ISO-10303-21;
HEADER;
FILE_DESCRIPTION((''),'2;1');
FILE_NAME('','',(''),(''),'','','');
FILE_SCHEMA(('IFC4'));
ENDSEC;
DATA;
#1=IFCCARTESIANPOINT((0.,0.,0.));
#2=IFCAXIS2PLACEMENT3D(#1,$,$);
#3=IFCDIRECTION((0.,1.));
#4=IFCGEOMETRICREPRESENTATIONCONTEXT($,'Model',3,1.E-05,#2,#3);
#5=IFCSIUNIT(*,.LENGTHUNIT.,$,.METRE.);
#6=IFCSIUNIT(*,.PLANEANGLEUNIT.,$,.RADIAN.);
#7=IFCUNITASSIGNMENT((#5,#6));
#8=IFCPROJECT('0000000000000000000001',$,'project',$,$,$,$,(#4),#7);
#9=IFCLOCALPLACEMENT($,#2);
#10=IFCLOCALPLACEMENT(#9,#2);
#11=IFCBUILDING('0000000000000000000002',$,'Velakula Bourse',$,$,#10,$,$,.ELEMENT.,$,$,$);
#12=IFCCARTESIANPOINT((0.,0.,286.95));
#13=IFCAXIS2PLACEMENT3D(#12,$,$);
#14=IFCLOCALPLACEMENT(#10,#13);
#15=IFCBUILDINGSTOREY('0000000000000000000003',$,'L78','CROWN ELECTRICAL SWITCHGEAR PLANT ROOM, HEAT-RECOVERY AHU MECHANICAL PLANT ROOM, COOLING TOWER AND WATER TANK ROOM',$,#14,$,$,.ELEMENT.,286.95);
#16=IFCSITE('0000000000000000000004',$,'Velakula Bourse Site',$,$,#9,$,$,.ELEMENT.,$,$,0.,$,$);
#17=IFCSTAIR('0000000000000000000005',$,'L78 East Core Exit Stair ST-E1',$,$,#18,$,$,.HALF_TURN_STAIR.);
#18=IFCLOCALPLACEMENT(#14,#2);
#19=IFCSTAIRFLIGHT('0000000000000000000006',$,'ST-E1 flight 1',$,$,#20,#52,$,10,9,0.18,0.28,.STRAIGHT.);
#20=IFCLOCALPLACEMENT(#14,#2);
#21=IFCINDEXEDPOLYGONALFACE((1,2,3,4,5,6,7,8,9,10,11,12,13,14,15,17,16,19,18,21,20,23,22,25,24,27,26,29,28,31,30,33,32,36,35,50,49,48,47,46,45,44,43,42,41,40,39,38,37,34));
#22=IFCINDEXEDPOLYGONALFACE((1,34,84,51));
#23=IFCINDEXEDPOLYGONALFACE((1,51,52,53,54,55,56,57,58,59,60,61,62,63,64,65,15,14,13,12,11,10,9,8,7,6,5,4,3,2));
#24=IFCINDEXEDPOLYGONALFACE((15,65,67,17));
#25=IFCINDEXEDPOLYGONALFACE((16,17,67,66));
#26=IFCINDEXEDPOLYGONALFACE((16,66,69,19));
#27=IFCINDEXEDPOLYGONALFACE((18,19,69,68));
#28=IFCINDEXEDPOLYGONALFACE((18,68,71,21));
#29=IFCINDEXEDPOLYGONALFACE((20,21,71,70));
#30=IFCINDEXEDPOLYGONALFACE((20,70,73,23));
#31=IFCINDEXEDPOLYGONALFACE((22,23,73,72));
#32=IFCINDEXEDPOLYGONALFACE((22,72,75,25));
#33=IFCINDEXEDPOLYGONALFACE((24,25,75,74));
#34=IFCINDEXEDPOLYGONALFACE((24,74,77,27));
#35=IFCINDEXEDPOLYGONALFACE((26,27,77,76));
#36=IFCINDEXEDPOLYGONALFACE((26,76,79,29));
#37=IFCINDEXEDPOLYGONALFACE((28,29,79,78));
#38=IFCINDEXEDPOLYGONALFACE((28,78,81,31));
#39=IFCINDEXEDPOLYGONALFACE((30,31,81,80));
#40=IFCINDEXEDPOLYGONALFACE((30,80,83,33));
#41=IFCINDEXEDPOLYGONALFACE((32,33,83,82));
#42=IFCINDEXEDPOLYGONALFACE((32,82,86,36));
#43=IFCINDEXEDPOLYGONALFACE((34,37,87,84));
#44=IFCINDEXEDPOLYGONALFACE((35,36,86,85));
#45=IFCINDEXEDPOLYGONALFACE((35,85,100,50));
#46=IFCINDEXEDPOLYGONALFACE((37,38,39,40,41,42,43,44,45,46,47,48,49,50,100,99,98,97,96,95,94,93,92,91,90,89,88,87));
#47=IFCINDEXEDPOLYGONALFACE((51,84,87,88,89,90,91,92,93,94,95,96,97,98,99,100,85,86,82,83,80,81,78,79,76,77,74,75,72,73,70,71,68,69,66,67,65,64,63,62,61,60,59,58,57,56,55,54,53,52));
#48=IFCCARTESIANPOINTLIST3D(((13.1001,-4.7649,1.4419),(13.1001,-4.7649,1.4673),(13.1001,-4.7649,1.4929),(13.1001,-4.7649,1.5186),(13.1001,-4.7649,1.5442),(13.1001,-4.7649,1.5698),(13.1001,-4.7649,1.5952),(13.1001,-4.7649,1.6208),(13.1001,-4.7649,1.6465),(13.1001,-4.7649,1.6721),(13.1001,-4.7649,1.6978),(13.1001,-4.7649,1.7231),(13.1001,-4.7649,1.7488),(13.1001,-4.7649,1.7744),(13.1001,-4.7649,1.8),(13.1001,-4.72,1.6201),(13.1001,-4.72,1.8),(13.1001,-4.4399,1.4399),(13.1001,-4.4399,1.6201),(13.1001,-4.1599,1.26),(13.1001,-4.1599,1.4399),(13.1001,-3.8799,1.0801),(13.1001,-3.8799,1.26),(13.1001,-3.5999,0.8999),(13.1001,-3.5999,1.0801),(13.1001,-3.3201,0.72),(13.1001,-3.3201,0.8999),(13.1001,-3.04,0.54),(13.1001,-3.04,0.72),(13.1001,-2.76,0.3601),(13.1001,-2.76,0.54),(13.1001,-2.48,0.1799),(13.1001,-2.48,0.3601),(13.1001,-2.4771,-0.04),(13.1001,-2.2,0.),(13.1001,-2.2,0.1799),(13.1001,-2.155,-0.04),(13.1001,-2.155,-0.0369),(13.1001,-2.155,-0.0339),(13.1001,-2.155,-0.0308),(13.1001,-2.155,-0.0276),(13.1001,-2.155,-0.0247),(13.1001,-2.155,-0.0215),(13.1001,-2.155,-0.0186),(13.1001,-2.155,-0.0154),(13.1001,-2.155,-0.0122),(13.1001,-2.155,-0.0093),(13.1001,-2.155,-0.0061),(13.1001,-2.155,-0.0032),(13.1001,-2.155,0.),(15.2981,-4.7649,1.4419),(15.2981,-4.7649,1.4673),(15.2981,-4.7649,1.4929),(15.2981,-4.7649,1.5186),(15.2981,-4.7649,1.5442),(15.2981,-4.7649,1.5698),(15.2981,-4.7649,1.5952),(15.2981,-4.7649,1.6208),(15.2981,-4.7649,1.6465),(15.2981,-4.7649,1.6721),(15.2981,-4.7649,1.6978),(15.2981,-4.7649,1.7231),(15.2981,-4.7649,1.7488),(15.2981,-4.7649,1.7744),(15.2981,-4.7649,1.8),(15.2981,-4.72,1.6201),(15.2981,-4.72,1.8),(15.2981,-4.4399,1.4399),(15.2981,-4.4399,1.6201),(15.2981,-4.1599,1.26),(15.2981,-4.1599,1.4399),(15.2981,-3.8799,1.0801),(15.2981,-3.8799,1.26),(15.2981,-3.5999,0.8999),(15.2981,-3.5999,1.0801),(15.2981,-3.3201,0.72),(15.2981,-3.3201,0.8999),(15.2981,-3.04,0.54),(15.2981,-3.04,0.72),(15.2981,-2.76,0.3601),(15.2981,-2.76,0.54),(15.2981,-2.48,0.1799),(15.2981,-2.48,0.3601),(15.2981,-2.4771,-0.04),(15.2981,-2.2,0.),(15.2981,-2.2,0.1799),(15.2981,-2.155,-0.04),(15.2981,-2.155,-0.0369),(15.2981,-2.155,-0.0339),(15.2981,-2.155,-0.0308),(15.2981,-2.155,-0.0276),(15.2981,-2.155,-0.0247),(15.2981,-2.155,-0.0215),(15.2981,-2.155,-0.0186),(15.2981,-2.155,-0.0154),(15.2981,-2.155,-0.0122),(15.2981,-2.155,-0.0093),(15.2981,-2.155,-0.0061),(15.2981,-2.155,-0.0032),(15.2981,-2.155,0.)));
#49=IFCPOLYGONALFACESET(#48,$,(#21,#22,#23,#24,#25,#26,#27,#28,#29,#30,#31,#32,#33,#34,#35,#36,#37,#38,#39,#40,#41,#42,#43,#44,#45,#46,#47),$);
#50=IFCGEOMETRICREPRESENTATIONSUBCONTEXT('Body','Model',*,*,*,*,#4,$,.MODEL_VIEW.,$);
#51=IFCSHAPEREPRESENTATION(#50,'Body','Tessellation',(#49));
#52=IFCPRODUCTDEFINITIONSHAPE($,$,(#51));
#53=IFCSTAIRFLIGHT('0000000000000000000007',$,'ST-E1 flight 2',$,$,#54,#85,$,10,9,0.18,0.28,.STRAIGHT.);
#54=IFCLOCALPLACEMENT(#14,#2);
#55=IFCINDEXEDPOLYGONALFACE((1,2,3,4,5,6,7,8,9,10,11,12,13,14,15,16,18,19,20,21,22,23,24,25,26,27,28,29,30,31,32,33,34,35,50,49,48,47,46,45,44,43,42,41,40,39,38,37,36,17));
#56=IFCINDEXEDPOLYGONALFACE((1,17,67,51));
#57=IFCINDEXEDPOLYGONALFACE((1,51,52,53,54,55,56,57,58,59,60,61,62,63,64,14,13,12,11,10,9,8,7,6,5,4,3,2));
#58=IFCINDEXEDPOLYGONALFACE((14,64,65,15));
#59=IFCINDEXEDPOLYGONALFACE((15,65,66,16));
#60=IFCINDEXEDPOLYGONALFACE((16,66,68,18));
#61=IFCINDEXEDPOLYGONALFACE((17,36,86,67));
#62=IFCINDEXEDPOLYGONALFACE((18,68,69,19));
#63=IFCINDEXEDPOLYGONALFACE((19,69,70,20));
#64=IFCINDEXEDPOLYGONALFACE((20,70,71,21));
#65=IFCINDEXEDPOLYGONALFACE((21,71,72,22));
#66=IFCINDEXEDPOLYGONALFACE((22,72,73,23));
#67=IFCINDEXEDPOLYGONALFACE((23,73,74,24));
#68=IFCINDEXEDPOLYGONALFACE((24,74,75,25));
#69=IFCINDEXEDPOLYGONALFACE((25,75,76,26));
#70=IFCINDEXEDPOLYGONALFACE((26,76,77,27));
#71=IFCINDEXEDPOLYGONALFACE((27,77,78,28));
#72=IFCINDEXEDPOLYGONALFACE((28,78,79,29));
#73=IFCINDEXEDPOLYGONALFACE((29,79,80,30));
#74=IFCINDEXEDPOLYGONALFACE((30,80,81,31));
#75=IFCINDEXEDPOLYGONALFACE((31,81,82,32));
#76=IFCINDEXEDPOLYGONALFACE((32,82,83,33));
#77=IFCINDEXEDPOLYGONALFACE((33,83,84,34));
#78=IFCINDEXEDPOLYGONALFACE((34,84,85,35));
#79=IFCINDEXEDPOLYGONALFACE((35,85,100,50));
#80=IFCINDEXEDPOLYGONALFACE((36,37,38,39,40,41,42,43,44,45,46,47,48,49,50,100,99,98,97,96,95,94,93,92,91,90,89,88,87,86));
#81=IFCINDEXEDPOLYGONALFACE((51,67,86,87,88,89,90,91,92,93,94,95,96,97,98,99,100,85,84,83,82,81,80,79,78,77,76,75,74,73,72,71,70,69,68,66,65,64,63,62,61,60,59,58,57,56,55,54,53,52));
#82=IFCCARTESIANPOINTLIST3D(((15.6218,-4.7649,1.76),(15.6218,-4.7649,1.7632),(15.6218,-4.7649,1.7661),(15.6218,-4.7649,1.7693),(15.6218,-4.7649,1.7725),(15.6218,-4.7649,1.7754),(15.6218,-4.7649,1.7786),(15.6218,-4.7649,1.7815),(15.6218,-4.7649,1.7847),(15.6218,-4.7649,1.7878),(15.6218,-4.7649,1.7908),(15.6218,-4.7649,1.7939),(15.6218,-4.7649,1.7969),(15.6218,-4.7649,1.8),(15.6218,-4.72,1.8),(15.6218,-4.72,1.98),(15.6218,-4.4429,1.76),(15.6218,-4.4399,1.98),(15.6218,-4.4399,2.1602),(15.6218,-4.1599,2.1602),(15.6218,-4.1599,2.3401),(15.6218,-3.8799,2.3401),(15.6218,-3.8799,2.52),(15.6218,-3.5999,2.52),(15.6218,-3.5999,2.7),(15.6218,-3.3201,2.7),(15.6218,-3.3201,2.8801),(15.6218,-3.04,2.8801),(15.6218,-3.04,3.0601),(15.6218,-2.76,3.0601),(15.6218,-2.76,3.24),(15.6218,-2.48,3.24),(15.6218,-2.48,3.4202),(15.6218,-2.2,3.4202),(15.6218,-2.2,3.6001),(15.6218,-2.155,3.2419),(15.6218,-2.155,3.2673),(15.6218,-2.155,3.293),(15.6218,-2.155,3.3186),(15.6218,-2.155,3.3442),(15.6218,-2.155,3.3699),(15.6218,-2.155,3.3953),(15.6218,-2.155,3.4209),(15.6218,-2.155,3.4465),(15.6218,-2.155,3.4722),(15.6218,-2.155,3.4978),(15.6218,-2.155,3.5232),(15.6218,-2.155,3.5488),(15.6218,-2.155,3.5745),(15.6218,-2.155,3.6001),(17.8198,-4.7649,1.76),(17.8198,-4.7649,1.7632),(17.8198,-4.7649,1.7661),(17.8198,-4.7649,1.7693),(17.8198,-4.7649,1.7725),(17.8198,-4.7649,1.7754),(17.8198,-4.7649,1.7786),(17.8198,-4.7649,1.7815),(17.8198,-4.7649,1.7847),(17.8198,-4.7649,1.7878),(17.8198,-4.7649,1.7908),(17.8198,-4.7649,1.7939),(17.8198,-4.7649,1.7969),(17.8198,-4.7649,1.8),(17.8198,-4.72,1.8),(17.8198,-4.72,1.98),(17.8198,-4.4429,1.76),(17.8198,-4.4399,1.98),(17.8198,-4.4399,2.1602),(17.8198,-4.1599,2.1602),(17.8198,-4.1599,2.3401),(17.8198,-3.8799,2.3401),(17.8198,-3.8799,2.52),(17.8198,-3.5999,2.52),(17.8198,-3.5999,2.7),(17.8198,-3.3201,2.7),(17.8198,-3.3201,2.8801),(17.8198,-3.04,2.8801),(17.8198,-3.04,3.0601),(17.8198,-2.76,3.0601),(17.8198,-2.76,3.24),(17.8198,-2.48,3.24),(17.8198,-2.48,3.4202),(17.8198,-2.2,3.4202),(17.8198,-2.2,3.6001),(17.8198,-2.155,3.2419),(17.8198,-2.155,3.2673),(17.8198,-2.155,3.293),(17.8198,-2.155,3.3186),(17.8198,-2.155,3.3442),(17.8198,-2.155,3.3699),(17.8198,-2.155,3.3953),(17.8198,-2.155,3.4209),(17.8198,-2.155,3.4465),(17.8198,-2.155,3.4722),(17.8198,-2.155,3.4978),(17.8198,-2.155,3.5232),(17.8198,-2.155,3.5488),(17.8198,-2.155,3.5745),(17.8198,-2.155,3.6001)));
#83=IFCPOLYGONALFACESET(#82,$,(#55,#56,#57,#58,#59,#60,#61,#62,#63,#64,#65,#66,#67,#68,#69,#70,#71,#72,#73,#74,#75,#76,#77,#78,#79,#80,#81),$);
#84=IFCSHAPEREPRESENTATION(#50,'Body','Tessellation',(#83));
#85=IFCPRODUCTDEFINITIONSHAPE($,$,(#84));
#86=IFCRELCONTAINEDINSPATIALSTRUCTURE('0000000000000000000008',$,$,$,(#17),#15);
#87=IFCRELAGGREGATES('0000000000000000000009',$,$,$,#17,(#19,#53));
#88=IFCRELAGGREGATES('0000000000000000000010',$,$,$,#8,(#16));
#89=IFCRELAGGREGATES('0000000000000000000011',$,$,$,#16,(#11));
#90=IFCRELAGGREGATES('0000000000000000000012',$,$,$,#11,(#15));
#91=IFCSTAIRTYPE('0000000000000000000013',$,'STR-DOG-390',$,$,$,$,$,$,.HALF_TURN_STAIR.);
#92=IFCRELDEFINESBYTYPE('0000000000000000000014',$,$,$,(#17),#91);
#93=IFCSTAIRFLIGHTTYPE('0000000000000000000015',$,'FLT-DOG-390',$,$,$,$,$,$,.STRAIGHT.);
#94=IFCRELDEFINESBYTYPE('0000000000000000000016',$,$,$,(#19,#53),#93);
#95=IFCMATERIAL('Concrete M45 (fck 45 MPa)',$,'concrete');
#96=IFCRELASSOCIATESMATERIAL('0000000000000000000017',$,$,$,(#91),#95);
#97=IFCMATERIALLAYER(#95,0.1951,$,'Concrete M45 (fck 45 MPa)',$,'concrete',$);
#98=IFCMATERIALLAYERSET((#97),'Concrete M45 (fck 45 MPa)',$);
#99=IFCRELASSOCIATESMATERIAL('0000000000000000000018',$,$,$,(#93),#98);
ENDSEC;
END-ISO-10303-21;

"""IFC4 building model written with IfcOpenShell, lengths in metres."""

from ifc_helpers import new_model, si_unit, direction, frame, origin, place, context, subcontext, project, spatial, polyline, outline, extrude, material, layer, layer_set, type_object, element, aggregate, save


model = new_model("IFC4")

# Units and contexts
model_context = context("Model", 3, precision=1e-05, world=origin(), true_north=direction((0.0, 1.0)))
body_context = subcontext(model_context, "Body", "Model", "MODEL_VIEW")
ifc_project = project(units=[si_unit("LENGTHUNIT", "METRE"), si_unit("PLANEANGLEUNIT", "RADIAN")], contexts=[model_context])

# Site, building, storey
site_placement = place(None, origin())
site = spatial("IfcSite", under=ifc_project, at=site_placement, Name="Velakula Bourse Site", CompositionType="ELEMENT", RefElevation=0.0)
building_placement = place(site_placement, origin())
building = spatial("IfcBuilding", under=site, at=building_placement, Name="Velakula Bourse", CompositionType="ELEMENT")
storey_placement = place(building_placement, frame((0.0, 0.0, 286.95)))
storey = spatial("IfcBuildingStorey", under=building, at=storey_placement, Name="L78", Description="CROWN ELECTRICAL SWITCHGEAR PLANT ROOM, HEAT-RECOVERY AHU MECHANICAL PLANT ROOM, COOLING TOWER AND WATER TANK ROOM", CompositionType="ELEMENT", Elevation=286.95)

# Stair, stair flights
ifc_material_1 = material(Name="Concrete M45 (fck 45 MPa)", Category="concrete")
stair_type = type_object("IfcStairType", Name="STR-DOG-390", PredefinedType="HALF_TURN_STAIR", material=ifc_material_1)
stair_placement = place(storey_placement, origin())
stair = element("IfcStair", 1, at=stair_placement, inside=storey, type_object=stair_type, Name="L78 East Core Exit Stair ST-E1", PredefinedType="HALF_TURN_STAIR")
ifc_layer_1 = layer(ifc_material_1, 0.1951, Name="Concrete M45 (fck 45 MPa)", Category="concrete")
ifc_layer_set_1 = layer_set([ifc_layer_1], Name="Concrete M45 (fck 45 MPa)")
stair_flight_type = type_object("IfcStairFlightType", Name="FLT-DOG-390", PredefinedType="STRAIGHT", material=ifc_layer_set_1)
stair_flight_1_placement = place(storey_placement, frame((14.199, -2.2, 0.0), z_axis=(0.0, 0.0, 1.0), x_axis=(0.0, -1.0, 0.0)))
stair_flight_1 = element("IfcStairFlight", 2, at=stair_flight_1_placement, type_object=stair_flight_type, Name="ST-E1 flight 1", NumberOfRisers=10, NumberOfTreads=9, PredefinedType="STRAIGHT", RiserHeight=0.18, TreadLength=0.28, context=body_context, shape_type="SweptSolid", body=[
    extrude(outline(polyline([(-0.0449, -0.04), (-0.0449, -0.0369), (-0.0449, -0.0339), (-0.0449, -0.0308), (-0.0449, -0.0276), (-0.0449, -0.0247), (-0.0449, -0.0215), (-0.0449, -0.0186), (-0.0449, -0.0154), (-0.0449, -0.0122), (-0.0449, -0.0093), (-0.0449, -0.0061), (-0.0449, -0.0032), (-0.0449, 0.0), (0.0, 0.0), (0.0, 0.1799), (0.28, 0.1799), (0.28, 0.3601), (0.5601, 0.3601), (0.5601, 0.54), (0.8401, 0.54), (0.8401, 0.72), (1.1201, 0.72), (1.1201, 0.8999), (1.3999, 0.8999), (1.3999, 1.0801), (1.6799, 1.0801), (1.6799, 1.26), (1.96, 1.26), (1.96, 1.4399), (2.24, 1.4399), (2.24, 1.6201), (2.52, 1.6201), (2.52, 1.8), (2.5649, 1.8), (2.5649, 1.7744), (2.5649, 1.7488), (2.5649, 1.7231), (2.5649, 1.6978), (2.5649, 1.6721), (2.5649, 1.6465), (2.5649, 1.6208), (2.5649, 1.5952), (2.5649, 1.5698), (2.5649, 1.5442), (2.5649, 1.5186), (2.5649, 1.4929), (2.5649, 1.4673), (2.5649, 1.4419), (0.2771, -0.04), (-0.0449, -0.04)])), frame((0.0, 1.0991, 0.0), z_axis=(0.0, -1.0, 0.0), x_axis=(1.0, 0.0, 0.0)), (0.0, 0.0, 1.0), 2.198),
])
stair_flight_2_placement = place(storey_placement, frame((16.7209, -4.72, 1.8), z_axis=(0.0, 0.0, 1.0), x_axis=(0.0, 1.0, 0.0)))
stair_flight_2 = element("IfcStairFlight", 3, at=stair_flight_2_placement, type_object=stair_flight_type, Name="ST-E1 flight 2", NumberOfRisers=10, NumberOfTreads=9, PredefinedType="STRAIGHT", RiserHeight=0.18, TreadLength=0.28, context=body_context, shape_type="SweptSolid", body=[
    extrude(outline(polyline([(-0.0449, -0.04), (-0.0449, -0.0369), (-0.0449, -0.0339), (-0.0449, -0.0308), (-0.0449, -0.0276), (-0.0449, -0.0247), (-0.0449, -0.0215), (-0.0449, -0.0186), (-0.0449, -0.0154), (-0.0449, -0.0122), (-0.0449, -0.0093), (-0.0449, -0.0061), (-0.0449, -0.0032), (-0.0449, 0.0), (0.0, 0.0), (0.0, 0.1799), (0.28, 0.1799), (0.28, 0.3601), (0.5601, 0.3601), (0.5601, 0.54), (0.8401, 0.54), (0.8401, 0.72), (1.1201, 0.72), (1.1201, 0.8999), (1.3999, 0.8999), (1.3999, 1.0801), (1.6799, 1.0801), (1.6799, 1.26), (1.96, 1.26), (1.96, 1.4399), (2.24, 1.4399), (2.24, 1.6201), (2.52, 1.6201), (2.52, 1.8), (2.5649, 1.8), (2.5649, 1.7744), (2.5649, 1.7488), (2.5649, 1.7231), (2.5649, 1.6978), (2.5649, 1.6721), (2.5649, 1.6465), (2.5649, 1.6208), (2.5649, 1.5952), (2.5649, 1.5698), (2.5649, 1.5442), (2.5649, 1.5186), (2.5649, 1.4929), (2.5649, 1.4673), (2.5649, 1.4419), (0.2771, -0.04), (-0.0449, -0.04)])), frame((0.0, 1.0991, 0.0), z_axis=(0.0, -1.0, 0.0), x_axis=(1.0, 0.0, 0.0)), (0.0, 0.0, 1.0), 2.198),
])
aggregate(stair, [stair_flight_1, stair_flight_2])

save(model, "model.ifc")
